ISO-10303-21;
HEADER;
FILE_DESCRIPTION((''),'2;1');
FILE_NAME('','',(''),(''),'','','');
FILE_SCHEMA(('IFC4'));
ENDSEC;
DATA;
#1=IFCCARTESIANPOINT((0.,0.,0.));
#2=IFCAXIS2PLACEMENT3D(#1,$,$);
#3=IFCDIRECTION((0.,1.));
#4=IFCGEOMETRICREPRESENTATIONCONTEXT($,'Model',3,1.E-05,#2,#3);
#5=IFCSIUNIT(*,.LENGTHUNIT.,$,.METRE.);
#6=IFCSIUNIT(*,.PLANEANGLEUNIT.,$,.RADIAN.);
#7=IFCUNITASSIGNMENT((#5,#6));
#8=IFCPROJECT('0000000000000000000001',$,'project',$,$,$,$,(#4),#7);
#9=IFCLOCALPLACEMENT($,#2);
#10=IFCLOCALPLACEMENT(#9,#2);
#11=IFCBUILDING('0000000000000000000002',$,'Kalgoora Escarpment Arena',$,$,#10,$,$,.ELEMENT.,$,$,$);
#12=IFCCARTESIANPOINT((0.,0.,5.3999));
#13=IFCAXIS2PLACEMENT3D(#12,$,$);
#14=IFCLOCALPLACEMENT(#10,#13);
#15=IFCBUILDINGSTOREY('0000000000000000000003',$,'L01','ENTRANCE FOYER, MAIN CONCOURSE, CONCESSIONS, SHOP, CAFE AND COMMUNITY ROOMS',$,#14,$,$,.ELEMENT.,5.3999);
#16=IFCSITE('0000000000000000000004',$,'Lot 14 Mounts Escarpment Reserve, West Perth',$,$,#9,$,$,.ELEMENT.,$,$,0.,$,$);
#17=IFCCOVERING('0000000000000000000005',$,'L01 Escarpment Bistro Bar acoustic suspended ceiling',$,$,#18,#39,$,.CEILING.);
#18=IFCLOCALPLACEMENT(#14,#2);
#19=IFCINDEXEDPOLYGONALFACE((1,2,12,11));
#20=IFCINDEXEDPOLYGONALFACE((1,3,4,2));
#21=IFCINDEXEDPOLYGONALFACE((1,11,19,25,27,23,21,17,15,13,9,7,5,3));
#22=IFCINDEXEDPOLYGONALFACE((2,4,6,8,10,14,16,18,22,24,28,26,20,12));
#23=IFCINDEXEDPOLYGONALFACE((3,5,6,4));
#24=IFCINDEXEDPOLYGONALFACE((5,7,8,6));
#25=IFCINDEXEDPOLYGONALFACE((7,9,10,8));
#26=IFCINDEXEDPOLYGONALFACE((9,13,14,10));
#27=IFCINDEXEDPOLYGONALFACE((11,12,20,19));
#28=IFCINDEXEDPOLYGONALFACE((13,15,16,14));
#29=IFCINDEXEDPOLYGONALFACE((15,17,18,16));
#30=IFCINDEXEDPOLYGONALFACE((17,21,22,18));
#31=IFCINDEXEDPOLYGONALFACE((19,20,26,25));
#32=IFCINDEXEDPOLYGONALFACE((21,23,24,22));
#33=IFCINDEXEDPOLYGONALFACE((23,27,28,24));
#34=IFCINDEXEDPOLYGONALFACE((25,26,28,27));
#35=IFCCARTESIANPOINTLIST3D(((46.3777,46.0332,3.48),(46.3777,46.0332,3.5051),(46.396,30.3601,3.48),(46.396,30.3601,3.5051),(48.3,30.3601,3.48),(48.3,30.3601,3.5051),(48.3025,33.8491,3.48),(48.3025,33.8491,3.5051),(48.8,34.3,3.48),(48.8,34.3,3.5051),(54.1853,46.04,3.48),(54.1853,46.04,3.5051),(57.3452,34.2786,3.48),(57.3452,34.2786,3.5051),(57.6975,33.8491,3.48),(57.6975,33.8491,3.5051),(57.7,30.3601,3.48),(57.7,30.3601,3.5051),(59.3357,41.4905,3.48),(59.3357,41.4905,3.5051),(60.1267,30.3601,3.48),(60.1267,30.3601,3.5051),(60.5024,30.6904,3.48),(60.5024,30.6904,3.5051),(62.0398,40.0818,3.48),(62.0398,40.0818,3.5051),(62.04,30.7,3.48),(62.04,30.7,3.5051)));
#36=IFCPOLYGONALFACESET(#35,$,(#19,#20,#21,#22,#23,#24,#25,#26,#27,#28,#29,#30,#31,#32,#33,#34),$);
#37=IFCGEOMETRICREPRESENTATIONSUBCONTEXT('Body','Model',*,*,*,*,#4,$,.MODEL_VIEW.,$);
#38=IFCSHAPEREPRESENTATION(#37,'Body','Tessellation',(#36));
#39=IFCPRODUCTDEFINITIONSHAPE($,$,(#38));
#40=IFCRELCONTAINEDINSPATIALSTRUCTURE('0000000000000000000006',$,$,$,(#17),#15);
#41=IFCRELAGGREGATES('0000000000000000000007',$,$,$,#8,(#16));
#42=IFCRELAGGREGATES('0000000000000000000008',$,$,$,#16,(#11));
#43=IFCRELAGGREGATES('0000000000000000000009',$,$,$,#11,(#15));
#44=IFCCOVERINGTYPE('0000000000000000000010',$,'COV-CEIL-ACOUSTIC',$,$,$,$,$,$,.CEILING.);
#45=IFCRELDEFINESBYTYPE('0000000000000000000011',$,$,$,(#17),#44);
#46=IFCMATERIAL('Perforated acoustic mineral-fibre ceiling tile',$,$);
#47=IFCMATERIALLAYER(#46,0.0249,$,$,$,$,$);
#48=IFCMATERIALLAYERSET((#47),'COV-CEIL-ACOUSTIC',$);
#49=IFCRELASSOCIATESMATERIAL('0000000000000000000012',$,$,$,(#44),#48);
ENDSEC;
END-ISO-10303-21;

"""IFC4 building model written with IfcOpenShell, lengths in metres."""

from ifc_helpers import new_model, si_unit, direction, frame, origin, place, context, subcontext, project, spatial, polyline, outline, extrude, material, layer, layer_set, type_object, element, save


model = new_model("IFC4")

# Units and contexts
model_context = context("Model", 3, precision=1e-05, world=origin(), true_north=direction((0.0, 1.0)))
body_context = subcontext(model_context, "Body", "Model", "MODEL_VIEW")
ifc_project = project(units=[si_unit("LENGTHUNIT", "METRE"), si_unit("PLANEANGLEUNIT", "RADIAN")], contexts=[model_context])

# Site, building, storey
site_placement = place(None, origin())
site = spatial("IfcSite", under=ifc_project, at=site_placement, Name="Lot 14 Mounts Escarpment Reserve, West Perth", CompositionType="ELEMENT", RefElevation=0.0)
building_placement = place(site_placement, origin())
building = spatial("IfcBuilding", under=site, at=building_placement, Name="Kalgoora Escarpment Arena", CompositionType="ELEMENT")
storey_placement = place(building_placement, frame((0.0, 0.0, 5.3999)))
storey = spatial("IfcBuildingStorey", under=building, at=storey_placement, Name="L01", Description="ENTRANCE FOYER, MAIN CONCOURSE, CONCESSIONS, SHOP, CAFE AND COMMUNITY ROOMS", CompositionType="ELEMENT", Elevation=5.3999)

# Covering
ifc_material_1 = material(Name="Perforated acoustic mineral-fibre ceiling tile")
ifc_layer_1 = layer(ifc_material_1, 0.0249)
ifc_layer_set_1 = layer_set([ifc_layer_1], Name="COV-CEIL-ACOUSTIC")
covering_type = type_object("IfcCoveringType", Name="COV-CEIL-ACOUSTIC", PredefinedType="CEILING", material=ifc_layer_set_1)
covering_1_placement = place(storey_placement, frame((0.0, 0.0, 3.48)))
element("IfcCovering", 1, at=covering_1_placement, inside=storey, type_object=covering_type, Name="L01 Escarpment Bistro Bar acoustic suspended ceiling", PredefinedType="CEILING", context=body_context, shape_type="SweptSolid", body=[
    extrude(outline(polyline([(46.396, 30.3601), (46.3777, 46.0332), (54.1853, 46.04), (59.3357, 41.4905), (62.0398, 40.0818), (62.04, 30.7), (60.5024, 30.6904), (60.1267, 30.3601), (57.7, 30.3601), (57.6975, 33.8491), (57.3452, 34.2786), (48.8, 34.3), (48.3025, 33.8491), (48.3, 30.3601), (46.396, 30.3601)])), origin(), (0.0, 0.0, 1.0), 0.0251),
])

save(model, "model.ifc")
